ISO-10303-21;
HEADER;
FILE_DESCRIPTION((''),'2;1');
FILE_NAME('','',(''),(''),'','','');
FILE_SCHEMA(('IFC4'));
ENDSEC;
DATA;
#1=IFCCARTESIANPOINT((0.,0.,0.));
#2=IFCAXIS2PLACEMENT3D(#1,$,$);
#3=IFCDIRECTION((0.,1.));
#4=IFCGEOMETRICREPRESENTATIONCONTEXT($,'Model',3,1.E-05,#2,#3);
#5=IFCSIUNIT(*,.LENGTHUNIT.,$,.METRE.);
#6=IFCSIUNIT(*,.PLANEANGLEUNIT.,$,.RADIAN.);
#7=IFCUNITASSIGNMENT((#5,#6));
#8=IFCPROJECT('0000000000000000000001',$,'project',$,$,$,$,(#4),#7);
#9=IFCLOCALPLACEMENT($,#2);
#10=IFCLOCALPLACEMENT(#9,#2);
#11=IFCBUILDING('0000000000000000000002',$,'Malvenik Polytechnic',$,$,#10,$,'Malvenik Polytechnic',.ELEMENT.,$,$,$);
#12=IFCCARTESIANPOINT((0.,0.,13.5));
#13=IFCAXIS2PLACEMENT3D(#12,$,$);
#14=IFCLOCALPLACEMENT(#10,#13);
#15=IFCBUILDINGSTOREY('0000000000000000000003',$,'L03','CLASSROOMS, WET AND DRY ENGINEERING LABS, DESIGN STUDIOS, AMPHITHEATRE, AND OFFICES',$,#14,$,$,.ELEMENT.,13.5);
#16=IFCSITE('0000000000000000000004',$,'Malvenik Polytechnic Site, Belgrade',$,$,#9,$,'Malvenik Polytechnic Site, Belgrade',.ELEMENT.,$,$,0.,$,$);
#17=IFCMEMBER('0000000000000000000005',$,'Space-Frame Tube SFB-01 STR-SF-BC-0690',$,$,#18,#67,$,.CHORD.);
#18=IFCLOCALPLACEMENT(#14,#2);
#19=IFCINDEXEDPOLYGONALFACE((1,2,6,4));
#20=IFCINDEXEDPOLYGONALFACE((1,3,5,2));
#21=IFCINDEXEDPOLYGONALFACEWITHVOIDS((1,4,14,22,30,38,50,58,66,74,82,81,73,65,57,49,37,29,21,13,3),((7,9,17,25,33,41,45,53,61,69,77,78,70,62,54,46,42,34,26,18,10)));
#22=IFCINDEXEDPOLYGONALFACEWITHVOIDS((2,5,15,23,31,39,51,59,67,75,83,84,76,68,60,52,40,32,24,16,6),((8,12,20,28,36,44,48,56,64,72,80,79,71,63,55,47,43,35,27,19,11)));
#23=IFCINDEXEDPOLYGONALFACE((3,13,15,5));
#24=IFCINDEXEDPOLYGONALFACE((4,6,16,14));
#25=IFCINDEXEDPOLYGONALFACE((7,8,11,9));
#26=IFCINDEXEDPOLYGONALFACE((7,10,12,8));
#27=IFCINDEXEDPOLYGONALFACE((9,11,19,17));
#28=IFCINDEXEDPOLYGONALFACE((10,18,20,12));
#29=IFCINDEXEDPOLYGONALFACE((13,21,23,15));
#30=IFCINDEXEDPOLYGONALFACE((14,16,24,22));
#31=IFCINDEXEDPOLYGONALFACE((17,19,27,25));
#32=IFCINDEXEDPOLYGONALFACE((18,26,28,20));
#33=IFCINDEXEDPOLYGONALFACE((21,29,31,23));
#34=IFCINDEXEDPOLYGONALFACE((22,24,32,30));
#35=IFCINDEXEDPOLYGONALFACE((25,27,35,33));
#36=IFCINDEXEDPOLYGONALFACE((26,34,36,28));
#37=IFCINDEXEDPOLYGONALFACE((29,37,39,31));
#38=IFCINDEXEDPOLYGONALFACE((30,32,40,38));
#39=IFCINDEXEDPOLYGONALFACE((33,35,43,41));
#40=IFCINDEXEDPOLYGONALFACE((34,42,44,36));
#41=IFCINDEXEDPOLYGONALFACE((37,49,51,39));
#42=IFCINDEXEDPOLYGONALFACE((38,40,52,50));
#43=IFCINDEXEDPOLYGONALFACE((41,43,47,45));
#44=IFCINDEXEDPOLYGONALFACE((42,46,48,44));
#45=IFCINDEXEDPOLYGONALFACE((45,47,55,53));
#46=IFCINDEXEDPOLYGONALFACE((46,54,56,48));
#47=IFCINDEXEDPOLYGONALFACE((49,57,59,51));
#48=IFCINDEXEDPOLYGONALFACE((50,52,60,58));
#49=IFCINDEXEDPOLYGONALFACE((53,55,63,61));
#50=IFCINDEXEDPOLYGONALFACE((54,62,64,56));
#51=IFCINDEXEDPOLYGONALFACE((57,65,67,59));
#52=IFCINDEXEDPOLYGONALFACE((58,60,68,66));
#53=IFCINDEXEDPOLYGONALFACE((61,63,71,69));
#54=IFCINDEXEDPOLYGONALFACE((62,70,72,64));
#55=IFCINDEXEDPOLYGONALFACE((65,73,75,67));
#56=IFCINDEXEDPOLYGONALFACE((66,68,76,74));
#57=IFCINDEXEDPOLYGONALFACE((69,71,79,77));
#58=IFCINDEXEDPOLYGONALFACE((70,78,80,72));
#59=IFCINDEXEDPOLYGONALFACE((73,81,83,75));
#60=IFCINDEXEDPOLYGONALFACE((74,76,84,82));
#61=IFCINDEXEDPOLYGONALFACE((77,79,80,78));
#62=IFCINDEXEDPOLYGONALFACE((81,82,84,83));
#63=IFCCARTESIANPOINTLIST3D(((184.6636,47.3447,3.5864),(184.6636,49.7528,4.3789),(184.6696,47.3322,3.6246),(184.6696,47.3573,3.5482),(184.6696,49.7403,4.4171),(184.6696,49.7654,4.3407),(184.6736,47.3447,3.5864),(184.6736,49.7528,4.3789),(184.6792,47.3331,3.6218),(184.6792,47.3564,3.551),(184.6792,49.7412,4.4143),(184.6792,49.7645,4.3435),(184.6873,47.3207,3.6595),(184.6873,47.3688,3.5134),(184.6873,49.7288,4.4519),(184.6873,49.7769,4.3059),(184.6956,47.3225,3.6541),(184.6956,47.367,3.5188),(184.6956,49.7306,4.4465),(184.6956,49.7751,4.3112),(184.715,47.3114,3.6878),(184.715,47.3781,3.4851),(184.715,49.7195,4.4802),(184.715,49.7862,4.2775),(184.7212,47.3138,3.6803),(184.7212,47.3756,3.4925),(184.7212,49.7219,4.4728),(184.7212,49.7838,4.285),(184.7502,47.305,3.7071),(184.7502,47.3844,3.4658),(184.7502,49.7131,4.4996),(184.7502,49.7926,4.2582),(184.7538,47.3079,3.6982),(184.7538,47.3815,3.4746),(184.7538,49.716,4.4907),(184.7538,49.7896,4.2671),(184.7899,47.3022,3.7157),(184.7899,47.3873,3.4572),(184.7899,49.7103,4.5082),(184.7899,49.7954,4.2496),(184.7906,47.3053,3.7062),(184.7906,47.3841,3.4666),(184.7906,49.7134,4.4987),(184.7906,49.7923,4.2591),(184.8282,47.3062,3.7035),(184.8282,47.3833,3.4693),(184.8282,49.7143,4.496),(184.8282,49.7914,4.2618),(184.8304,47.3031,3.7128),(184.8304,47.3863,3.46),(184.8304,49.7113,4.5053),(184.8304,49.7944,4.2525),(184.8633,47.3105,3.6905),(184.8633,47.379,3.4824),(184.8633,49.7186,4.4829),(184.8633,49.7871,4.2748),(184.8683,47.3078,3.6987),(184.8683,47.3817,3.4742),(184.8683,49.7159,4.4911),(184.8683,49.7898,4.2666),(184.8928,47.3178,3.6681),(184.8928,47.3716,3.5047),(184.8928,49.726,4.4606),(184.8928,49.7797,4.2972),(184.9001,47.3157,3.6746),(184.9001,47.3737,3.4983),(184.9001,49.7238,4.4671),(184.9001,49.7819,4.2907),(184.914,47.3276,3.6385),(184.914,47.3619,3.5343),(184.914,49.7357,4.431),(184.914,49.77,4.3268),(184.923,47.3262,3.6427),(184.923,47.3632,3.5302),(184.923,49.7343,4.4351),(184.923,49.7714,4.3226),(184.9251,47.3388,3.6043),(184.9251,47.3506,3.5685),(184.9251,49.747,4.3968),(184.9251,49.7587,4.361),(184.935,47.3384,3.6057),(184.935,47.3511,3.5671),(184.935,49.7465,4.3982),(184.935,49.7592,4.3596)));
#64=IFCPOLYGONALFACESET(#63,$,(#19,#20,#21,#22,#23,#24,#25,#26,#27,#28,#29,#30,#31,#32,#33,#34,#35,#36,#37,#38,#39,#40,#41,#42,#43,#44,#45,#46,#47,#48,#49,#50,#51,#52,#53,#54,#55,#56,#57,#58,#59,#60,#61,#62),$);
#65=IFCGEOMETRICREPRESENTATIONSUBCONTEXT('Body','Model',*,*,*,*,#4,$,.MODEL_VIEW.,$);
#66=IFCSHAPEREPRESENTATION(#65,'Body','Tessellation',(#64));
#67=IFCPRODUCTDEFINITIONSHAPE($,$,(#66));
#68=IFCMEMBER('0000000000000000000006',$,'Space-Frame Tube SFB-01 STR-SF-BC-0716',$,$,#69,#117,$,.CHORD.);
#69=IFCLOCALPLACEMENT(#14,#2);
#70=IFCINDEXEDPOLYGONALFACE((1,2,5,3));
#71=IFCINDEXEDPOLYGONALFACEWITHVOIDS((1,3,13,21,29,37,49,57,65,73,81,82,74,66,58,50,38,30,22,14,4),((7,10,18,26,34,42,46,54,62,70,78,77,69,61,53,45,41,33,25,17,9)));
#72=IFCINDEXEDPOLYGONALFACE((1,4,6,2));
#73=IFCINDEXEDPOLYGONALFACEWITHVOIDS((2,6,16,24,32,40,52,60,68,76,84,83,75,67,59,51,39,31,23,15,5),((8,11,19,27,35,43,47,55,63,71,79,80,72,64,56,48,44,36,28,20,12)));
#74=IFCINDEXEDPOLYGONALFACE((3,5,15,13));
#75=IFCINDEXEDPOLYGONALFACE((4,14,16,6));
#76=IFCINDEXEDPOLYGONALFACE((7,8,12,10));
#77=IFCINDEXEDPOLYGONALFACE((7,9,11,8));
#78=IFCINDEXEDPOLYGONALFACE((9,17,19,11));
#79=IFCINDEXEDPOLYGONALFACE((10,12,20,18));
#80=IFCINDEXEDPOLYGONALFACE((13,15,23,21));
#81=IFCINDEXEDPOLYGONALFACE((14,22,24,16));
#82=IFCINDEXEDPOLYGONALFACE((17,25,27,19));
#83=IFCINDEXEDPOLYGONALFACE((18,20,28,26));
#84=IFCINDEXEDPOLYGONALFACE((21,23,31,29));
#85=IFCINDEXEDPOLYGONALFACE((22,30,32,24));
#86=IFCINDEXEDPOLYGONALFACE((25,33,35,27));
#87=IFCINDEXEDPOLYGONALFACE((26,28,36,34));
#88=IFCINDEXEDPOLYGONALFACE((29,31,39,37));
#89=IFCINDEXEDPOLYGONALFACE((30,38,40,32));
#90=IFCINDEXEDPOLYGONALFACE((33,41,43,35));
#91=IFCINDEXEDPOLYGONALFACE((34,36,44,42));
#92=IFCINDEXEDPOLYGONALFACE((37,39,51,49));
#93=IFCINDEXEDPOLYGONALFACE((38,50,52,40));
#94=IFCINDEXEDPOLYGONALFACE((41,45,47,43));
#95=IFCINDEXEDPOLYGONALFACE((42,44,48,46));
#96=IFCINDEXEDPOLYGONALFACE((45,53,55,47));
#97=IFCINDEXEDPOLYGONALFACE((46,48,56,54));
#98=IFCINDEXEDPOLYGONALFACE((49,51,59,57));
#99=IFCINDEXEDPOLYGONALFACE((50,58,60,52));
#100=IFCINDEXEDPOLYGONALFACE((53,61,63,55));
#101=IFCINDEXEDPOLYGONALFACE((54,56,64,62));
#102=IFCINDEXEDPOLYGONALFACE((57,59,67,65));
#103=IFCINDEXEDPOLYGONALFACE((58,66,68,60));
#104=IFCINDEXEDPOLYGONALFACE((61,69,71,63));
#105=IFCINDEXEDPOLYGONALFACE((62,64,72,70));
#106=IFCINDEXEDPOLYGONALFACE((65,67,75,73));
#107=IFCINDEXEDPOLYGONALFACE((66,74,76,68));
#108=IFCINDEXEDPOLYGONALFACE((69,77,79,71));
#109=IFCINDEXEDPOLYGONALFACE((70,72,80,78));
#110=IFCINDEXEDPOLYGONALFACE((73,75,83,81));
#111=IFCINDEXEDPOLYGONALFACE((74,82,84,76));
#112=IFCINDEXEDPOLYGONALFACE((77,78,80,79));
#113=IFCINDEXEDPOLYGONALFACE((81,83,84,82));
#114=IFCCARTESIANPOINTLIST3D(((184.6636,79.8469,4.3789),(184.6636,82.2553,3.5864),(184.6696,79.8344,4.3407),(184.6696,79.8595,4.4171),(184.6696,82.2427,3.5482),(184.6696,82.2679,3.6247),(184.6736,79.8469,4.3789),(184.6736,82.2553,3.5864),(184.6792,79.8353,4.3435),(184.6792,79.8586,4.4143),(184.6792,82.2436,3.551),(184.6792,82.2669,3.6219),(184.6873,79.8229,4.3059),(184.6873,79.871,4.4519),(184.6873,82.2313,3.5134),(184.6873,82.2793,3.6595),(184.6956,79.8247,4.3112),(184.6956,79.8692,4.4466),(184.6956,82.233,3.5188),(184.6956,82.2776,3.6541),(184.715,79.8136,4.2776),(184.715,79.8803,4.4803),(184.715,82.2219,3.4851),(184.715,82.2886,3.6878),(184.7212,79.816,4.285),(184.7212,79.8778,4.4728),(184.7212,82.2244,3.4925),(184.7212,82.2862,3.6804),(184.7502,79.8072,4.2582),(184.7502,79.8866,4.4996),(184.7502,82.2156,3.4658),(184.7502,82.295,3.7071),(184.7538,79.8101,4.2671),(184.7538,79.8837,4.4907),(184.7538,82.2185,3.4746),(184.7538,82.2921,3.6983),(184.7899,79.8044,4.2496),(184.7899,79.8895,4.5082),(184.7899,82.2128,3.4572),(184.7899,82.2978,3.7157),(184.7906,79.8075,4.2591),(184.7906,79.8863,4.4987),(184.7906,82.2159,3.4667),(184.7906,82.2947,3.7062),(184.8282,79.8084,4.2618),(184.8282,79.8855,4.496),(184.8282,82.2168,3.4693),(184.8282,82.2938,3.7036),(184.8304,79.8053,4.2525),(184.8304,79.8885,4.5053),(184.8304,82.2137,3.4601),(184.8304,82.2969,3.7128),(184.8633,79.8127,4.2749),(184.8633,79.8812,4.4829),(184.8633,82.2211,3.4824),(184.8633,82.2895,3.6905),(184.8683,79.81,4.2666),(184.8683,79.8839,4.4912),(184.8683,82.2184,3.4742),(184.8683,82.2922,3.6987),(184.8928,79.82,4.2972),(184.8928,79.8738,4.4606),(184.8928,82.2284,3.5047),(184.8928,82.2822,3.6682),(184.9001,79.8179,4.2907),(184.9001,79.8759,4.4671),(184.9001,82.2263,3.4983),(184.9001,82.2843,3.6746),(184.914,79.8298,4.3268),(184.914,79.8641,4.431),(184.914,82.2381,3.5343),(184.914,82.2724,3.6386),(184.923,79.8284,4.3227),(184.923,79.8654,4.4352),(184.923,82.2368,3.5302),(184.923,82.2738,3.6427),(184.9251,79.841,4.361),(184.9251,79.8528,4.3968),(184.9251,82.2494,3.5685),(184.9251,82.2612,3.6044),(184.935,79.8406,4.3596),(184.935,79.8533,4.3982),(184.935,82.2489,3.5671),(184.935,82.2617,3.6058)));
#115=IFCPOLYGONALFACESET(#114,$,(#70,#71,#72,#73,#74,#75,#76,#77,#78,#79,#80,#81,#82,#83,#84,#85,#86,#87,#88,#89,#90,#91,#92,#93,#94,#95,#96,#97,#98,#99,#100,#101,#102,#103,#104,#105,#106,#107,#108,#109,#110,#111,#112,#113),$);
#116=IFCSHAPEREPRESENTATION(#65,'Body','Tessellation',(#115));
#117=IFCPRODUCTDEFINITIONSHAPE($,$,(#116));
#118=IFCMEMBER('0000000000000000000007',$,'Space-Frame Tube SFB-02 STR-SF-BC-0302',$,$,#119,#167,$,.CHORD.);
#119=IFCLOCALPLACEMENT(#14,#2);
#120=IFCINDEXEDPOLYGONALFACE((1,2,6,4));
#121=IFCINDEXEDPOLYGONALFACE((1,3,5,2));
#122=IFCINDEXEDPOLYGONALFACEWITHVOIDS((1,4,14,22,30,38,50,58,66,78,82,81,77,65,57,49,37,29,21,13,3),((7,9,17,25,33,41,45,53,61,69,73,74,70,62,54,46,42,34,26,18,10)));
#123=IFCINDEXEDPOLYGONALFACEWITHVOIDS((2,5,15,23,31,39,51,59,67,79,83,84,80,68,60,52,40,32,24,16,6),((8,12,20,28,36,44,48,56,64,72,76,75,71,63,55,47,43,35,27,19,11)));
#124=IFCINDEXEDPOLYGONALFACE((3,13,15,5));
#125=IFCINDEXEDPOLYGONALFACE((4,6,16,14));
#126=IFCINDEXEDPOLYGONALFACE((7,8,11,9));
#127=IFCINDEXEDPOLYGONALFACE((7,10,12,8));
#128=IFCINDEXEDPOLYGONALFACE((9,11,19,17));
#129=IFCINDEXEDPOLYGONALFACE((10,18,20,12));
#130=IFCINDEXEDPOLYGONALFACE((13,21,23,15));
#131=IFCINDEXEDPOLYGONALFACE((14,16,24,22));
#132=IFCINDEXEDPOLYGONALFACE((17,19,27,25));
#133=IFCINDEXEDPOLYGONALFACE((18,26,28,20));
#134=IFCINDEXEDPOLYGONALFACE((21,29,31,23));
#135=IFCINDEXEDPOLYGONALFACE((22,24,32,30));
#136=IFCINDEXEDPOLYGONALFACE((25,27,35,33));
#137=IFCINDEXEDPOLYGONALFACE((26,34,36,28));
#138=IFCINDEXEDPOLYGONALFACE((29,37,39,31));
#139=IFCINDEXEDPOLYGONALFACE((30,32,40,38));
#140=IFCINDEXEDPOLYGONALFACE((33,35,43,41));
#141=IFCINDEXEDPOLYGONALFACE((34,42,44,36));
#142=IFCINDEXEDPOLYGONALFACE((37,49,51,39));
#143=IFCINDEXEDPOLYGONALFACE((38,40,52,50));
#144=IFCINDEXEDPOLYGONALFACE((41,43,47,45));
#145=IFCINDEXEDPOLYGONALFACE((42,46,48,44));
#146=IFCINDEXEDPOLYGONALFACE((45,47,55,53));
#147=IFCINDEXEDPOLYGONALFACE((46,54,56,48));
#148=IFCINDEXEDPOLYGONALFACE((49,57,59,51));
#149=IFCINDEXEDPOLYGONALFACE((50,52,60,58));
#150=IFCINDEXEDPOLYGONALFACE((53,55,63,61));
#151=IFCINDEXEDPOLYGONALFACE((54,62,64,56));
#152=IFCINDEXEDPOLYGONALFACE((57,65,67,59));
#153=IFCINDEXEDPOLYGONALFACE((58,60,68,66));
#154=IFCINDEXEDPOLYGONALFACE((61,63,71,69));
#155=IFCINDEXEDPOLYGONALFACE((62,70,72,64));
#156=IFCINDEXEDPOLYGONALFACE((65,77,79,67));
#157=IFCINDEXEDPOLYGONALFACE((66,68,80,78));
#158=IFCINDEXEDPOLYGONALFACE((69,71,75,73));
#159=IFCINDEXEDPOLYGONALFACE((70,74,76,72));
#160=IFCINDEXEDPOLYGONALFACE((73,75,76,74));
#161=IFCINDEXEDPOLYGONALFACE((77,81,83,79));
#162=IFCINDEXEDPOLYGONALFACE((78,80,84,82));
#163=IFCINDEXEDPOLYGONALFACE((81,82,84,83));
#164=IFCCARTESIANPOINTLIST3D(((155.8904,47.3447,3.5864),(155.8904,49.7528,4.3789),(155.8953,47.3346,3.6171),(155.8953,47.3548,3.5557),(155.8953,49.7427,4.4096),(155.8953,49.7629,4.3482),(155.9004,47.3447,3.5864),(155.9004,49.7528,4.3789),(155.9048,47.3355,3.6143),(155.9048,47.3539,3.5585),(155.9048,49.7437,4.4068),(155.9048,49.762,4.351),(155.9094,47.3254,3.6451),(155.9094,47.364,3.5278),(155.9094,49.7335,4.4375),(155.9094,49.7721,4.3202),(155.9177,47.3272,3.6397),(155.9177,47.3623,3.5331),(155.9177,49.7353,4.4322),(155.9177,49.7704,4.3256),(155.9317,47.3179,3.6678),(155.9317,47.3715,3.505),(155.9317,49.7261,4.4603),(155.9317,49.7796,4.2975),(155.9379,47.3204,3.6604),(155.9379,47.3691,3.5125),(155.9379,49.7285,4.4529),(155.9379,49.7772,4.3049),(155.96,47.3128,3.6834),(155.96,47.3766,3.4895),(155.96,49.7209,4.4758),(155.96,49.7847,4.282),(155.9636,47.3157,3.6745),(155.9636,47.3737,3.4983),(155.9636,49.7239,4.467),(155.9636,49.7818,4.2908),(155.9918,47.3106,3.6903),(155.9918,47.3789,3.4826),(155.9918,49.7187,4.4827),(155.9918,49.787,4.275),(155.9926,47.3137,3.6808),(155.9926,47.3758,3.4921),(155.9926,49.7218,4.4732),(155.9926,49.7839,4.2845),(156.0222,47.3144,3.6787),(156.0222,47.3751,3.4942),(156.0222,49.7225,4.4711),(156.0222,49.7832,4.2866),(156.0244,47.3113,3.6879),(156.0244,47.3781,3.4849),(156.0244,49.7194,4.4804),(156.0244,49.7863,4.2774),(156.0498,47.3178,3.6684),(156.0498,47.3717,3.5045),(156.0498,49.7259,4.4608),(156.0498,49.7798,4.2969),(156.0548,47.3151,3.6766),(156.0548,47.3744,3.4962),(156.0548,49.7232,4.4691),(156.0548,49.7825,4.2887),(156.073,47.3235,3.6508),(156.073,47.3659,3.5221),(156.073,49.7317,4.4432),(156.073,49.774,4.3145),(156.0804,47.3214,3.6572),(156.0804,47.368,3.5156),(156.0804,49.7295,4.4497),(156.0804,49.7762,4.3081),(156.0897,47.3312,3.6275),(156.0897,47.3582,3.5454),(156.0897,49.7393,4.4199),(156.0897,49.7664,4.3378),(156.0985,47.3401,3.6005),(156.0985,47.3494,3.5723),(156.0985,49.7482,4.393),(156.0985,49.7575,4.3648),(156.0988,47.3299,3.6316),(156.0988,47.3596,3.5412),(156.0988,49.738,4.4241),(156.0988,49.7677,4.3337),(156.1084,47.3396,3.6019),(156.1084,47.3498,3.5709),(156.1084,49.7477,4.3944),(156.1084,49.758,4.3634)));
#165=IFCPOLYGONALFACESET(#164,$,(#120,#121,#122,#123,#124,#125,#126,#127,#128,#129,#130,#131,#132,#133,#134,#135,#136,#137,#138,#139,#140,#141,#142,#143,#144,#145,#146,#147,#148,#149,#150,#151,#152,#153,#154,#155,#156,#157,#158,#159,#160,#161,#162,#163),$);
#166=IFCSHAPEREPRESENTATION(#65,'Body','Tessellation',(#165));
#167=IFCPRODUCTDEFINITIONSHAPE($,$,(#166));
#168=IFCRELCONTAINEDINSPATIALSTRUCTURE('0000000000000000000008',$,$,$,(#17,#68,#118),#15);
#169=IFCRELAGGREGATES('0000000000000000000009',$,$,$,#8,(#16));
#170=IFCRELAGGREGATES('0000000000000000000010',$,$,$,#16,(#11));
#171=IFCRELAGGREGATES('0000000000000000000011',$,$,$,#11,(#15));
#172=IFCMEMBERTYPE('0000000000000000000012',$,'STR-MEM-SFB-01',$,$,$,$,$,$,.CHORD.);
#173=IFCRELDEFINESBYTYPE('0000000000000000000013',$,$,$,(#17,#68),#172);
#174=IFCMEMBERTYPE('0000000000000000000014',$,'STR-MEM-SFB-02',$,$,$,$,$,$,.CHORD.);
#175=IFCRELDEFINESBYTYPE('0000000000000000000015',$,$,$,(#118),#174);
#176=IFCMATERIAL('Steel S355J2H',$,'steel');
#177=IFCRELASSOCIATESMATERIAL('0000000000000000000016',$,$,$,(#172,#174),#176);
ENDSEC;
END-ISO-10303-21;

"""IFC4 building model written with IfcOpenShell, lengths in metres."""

from ifc_helpers import new_model, si_unit, direction, frame, origin, origin_2d, place, context, subcontext, project, spatial, hollow_circle, extrude, material, material_profile, profile_set, type_object, element, save


model = new_model("IFC4")

# Units and contexts
model_context = context("Model", 3, precision=1e-05, world=origin(), true_north=direction((0.0, 1.0)))
body_context = subcontext(model_context, "Body", "Model", "MODEL_VIEW")
ifc_project = project(units=[si_unit("LENGTHUNIT", "METRE"), si_unit("PLANEANGLEUNIT", "RADIAN")], contexts=[model_context])

# Site, building, storey
site_placement = place(None, origin())
site = spatial("IfcSite", under=ifc_project, at=site_placement, Name="Malvenik Polytechnic Site, Belgrade", LongName="Malvenik Polytechnic Site, Belgrade", CompositionType="ELEMENT", RefElevation=0.0)
building_placement = place(site_placement, origin())
building = spatial("IfcBuilding", under=site, at=building_placement, Name="Malvenik Polytechnic", LongName="Malvenik Polytechnic", CompositionType="ELEMENT")
storey_placement = place(building_placement, frame((0.0, 0.0, 13.5)))
storey = spatial("IfcBuildingStorey", under=building, at=storey_placement, Name="L03", Description="CLASSROOMS, WET AND DRY ENGINEERING LABS, DESIGN STUDIOS, AMPHITHEATRE, AND OFFICES", CompositionType="ELEMENT", Elevation=13.5)

# Members
ifc_material = material(Name="Steel S355J2H", Category="steel")
ifc_material_profile_1 = material_profile(ifc_material, hollow_circle(Radius=0.1365, WallThickness=0.01, at=origin_2d()), Name="CHS 273.0x10.0")
ifc_profile_set_1 = profile_set([ifc_material_profile_1], Name="Steel S355J2H")
member_type_1 = type_object("IfcMemberType", Name="STR-MEM-SFB-01", PredefinedType="CHORD", material=ifc_profile_set_1)
member_1_placement = place(storey_placement, frame((184.8, 47.3447, 3.5864), z_axis=(0.0, 0.94989, 0.312585), x_axis=(-1.0, 0.0, 0.0)))
element("IfcMember", 1, at=member_1_placement, inside=storey, type_object=member_type_1, Name="Space-Frame Tube SFB-01 STR-SF-BC-0690", PredefinedType="CHORD", context=body_context, shape_type="SweptSolid", body=[
    extrude(hollow_circle(Radius=0.1365, WallThickness=0.01, at=origin_2d()), origin(), (0.0, 0.0, 1.0), 2.5352),
])
member_2_placement = place(storey_placement, frame((184.8, 79.8469, 4.3789), z_axis=(0.0, 0.949899, -0.312557), x_axis=(-1.0, 0.0, 0.0)))
element("IfcMember", 2, at=member_2_placement, inside=storey, type_object=member_type_1, Name="Space-Frame Tube SFB-01 STR-SF-BC-0716", PredefinedType="CHORD", context=body_context, shape_type="SweptSolid", body=[
    extrude(hollow_circle(Radius=0.1365, WallThickness=0.01, at=origin_2d()), origin(), (0.0, 0.0, 1.0), 2.5354),
])
ifc_material_profile_2 = material_profile(ifc_material, hollow_circle(Radius=0.1096, WallThickness=0.01, at=origin_2d()), Name="CHS 219.1x10.0")
ifc_profile_set_2 = profile_set([ifc_material_profile_2], Name="Steel S355J2H")
member_type_2 = type_object("IfcMemberType", Name="STR-MEM-SFB-02", PredefinedType="CHORD", material=ifc_profile_set_2)
member_3_placement = place(storey_placement, frame((156.0, 47.3447, 3.5864), z_axis=(0.0, 0.94989, 0.312585), x_axis=(-1.0, 0.0, 0.0)))
element("IfcMember", 3, at=member_3_placement, inside=storey, type_object=member_type_2, Name="Space-Frame Tube SFB-02 STR-SF-BC-0302", PredefinedType="CHORD", context=body_context, shape_type="SweptSolid", body=[
    extrude(hollow_circle(Radius=0.1096, WallThickness=0.01, at=origin_2d()), origin(), (0.0, 0.0, 1.0), 2.5352),
])

save(model, "model.ifc")
